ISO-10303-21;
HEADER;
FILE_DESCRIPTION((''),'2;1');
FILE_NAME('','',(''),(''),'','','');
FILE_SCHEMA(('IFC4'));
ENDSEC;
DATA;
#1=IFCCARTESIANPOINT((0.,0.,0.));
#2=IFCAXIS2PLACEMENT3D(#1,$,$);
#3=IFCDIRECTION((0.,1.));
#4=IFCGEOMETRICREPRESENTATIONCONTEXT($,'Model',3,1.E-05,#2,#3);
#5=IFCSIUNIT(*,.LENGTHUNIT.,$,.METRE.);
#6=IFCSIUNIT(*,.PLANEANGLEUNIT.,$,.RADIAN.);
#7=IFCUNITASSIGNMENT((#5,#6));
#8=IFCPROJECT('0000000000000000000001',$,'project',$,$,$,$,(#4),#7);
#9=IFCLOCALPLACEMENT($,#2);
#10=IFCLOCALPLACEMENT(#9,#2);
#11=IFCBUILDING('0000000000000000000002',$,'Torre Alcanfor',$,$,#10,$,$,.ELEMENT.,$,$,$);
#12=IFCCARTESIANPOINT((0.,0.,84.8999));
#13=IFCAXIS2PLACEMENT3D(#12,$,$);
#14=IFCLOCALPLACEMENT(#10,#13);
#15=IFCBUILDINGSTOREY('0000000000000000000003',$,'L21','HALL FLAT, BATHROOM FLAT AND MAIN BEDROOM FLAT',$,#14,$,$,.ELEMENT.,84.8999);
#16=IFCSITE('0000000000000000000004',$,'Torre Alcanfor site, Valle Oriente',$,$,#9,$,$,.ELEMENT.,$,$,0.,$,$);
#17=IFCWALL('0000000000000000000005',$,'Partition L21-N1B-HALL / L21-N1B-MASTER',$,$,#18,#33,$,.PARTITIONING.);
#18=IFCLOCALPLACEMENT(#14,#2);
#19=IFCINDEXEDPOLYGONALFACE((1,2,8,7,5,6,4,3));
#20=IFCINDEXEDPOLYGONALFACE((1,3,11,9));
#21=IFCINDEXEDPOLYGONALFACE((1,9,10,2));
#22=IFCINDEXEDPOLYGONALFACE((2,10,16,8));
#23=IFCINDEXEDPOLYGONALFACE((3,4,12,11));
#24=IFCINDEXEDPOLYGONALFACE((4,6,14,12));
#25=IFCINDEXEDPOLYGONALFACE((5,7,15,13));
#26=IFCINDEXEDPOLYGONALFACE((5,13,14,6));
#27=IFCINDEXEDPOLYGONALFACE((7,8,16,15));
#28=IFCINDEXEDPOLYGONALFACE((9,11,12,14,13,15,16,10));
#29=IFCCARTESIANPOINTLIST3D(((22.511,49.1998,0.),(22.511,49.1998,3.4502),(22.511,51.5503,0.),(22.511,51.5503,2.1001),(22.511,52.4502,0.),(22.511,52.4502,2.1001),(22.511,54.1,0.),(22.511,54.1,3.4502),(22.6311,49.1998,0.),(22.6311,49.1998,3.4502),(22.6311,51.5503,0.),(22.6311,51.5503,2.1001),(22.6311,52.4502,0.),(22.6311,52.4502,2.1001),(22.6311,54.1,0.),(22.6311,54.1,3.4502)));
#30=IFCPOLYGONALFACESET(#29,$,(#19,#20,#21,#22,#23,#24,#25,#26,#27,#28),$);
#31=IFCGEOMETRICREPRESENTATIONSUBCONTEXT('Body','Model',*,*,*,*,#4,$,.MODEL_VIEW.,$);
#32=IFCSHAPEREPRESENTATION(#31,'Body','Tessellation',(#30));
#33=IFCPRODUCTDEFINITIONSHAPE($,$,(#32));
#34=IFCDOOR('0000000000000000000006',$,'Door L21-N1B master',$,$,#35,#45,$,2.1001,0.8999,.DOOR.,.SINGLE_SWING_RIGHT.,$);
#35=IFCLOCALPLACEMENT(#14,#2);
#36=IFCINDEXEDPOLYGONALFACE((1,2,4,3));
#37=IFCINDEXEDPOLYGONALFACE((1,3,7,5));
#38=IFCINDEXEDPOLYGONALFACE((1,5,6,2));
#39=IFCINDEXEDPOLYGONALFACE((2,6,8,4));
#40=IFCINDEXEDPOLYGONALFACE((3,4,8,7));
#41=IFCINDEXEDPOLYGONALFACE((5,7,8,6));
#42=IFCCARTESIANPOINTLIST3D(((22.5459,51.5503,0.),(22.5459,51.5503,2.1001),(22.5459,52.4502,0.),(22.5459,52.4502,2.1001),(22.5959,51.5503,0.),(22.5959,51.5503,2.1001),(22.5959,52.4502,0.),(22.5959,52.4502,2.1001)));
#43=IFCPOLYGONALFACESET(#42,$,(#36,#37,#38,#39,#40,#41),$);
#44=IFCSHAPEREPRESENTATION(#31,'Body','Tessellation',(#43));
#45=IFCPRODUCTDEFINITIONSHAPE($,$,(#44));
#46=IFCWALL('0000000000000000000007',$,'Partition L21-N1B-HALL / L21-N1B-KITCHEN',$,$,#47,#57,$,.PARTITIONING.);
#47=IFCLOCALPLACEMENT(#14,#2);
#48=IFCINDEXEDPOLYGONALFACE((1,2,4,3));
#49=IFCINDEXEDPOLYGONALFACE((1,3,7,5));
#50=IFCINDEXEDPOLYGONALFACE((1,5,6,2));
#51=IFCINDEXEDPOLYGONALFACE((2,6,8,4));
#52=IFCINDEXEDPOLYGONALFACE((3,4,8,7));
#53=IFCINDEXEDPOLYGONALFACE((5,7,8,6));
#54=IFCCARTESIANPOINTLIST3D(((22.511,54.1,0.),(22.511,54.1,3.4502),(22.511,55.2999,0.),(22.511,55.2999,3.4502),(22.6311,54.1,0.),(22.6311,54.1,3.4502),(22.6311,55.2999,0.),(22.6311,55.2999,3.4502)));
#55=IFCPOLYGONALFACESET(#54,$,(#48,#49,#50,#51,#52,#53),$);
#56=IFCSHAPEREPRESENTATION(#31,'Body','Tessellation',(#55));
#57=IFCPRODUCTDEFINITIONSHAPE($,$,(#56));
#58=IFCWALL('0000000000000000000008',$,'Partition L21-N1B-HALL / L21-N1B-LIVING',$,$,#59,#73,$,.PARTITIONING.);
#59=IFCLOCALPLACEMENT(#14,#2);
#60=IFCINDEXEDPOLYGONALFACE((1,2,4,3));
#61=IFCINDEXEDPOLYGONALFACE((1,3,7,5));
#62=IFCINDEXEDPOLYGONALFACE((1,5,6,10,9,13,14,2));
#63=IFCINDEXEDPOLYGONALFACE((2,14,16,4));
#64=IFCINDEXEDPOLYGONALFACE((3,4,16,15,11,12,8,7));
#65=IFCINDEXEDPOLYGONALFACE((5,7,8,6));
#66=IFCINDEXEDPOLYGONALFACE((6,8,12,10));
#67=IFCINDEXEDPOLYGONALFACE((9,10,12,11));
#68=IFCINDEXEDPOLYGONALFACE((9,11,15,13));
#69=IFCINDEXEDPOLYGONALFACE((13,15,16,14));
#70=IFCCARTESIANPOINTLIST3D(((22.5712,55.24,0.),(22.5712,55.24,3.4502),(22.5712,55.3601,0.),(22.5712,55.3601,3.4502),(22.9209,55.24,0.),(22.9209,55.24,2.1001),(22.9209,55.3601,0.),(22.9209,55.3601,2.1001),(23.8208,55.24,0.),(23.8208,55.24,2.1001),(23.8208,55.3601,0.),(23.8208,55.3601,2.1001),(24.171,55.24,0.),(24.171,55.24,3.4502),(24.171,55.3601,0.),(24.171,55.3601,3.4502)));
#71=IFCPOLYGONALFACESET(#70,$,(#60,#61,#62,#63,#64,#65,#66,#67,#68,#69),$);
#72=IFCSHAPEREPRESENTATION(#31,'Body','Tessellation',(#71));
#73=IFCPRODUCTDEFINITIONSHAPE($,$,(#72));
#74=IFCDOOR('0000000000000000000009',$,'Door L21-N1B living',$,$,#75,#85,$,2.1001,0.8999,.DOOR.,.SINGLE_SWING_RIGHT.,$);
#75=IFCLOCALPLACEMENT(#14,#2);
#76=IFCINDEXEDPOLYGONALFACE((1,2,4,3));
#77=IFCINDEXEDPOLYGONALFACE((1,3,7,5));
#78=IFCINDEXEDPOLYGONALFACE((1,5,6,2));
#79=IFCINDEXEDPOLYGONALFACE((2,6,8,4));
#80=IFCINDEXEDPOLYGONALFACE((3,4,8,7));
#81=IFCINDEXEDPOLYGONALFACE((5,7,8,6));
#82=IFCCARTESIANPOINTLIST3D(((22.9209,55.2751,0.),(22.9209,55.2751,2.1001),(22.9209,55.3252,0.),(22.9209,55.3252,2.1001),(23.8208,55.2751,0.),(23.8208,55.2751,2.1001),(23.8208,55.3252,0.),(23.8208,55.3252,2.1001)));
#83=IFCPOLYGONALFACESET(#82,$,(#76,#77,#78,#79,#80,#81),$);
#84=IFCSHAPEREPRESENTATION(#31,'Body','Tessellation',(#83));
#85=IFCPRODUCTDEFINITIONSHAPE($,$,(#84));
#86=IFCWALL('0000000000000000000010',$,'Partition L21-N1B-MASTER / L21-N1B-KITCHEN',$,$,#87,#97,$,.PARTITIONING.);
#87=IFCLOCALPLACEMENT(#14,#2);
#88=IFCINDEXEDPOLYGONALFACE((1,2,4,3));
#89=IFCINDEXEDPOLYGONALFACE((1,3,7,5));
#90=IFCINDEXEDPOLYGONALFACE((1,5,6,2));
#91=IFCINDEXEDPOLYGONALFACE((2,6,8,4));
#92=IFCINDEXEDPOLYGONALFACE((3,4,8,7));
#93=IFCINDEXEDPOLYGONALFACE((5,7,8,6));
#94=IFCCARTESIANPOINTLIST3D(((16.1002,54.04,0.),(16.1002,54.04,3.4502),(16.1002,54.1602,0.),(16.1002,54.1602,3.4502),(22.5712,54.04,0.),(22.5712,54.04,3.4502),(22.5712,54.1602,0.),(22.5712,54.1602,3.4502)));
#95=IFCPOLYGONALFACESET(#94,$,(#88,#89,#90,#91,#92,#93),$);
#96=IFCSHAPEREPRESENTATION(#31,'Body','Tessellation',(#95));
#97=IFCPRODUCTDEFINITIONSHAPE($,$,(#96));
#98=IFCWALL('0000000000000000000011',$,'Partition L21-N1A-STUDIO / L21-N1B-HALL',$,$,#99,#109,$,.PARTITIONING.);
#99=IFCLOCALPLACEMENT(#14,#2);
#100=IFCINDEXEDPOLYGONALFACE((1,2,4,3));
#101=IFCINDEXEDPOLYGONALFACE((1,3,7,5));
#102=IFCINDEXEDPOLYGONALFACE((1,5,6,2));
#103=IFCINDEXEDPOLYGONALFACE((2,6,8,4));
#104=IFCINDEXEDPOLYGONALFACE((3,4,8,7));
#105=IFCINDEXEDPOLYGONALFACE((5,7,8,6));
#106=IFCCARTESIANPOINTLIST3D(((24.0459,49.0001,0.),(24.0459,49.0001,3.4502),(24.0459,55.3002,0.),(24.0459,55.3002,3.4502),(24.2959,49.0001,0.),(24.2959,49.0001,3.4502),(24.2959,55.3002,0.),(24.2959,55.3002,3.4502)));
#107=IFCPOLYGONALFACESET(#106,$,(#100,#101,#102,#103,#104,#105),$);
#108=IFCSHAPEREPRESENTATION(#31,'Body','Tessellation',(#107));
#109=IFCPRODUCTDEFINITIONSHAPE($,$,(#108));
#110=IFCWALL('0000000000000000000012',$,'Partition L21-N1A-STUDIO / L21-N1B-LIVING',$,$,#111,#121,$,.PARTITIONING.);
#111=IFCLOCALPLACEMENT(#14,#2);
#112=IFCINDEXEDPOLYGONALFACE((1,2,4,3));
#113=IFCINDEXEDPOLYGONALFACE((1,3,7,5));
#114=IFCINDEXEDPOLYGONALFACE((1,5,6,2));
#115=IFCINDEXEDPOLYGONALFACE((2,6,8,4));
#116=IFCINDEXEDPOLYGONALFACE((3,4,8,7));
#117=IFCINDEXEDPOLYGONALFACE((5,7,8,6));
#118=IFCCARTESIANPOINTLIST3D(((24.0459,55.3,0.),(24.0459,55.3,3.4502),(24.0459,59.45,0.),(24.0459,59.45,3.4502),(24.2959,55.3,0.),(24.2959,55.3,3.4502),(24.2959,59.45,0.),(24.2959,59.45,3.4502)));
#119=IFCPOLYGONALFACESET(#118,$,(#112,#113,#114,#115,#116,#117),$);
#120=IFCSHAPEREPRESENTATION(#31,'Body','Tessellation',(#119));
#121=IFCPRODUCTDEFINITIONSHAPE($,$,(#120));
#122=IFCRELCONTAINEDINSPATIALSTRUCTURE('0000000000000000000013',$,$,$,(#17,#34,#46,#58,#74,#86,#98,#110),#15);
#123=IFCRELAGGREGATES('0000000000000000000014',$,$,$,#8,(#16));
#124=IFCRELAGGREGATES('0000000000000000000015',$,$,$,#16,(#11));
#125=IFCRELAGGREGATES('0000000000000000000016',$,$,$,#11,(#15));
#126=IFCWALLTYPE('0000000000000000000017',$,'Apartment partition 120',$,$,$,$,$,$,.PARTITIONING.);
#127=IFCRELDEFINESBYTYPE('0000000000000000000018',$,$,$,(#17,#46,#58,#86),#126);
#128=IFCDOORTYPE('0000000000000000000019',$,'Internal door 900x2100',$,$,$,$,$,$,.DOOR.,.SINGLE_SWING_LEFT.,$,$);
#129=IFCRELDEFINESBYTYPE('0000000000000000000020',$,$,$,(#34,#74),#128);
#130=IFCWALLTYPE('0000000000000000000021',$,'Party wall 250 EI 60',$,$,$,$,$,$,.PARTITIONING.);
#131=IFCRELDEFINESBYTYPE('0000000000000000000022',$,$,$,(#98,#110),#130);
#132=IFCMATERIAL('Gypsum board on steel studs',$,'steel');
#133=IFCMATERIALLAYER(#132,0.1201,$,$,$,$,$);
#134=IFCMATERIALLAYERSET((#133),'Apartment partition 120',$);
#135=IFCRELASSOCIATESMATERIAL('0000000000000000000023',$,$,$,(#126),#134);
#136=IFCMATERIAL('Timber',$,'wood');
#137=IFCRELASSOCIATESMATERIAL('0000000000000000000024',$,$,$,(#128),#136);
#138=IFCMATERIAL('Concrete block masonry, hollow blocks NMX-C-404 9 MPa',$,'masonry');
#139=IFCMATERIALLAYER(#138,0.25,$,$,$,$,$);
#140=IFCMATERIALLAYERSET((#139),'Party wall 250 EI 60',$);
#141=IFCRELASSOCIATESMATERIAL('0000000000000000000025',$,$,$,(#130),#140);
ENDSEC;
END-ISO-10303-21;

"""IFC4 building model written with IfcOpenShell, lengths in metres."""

from ifc_helpers import new_model, si_unit, direction, frame, frame_2d, origin, place, context, subcontext, project, spatial, rectangle, extrude, material, layer, layer_set, type_object, element, fill, save


model = new_model("IFC4")

# Units and contexts
model_context = context("Model", 3, precision=1e-05, world=origin(), true_north=direction((0.0, 1.0)))
body_context = subcontext(model_context, "Body", "Model", "MODEL_VIEW")
ifc_project = project(units=[si_unit("LENGTHUNIT", "METRE"), si_unit("PLANEANGLEUNIT", "RADIAN")], contexts=[model_context])

# Site, building, storey
site_placement = place(None, origin())
site = spatial("IfcSite", under=ifc_project, at=site_placement, Name="Torre Alcanfor site, Valle Oriente", CompositionType="ELEMENT", RefElevation=0.0)
building_placement = place(site_placement, origin())
building = spatial("IfcBuilding", under=site, at=building_placement, Name="Torre Alcanfor", CompositionType="ELEMENT")
storey_placement = place(building_placement, frame((0.0, 0.0, 84.8999)))
storey = spatial("IfcBuildingStorey", under=building, at=storey_placement, Name="L21", Description="HALL FLAT, BATHROOM FLAT AND MAIN BEDROOM FLAT", CompositionType="ELEMENT", Elevation=84.8999)

# Wall, opening, door
ifc_material_1 = material(Name="Gypsum board on steel studs", Category="steel")
ifc_layer_1 = layer(ifc_material_1, 0.1201)
ifc_layer_set_1 = layer_set([ifc_layer_1], Name="Apartment partition 120")
wall_type_1 = type_object("IfcWallType", Name="Apartment partition 120", PredefinedType="PARTITIONING", material=ifc_layer_set_1)
wall_1_placement = place(storey_placement, frame((22.571, 54.1001, 0.0), z_axis=(0.0, 0.0, 1.0), x_axis=(0.0, -1.0, 0.0)))
wall_1 = element("IfcWall", 1, at=wall_1_placement, inside=storey, type_object=wall_type_1, Name="Partition L21-N1B-HALL / L21-N1B-MASTER", PredefinedType="PARTITIONING", context=body_context, shape_type="SweptSolid", body=[
    extrude(rectangle(XDim=4.9001, YDim=0.1201, at=frame_2d((2.4502, 0.0))), origin(), (0.0, 0.0, 1.0), 3.4502),
])
opening_1_placement = place(wall_1_placement, frame((1.6499, 0.0, 0.0)))
opening_1 = element("IfcOpeningElement", 2, at=opening_1_placement, cuts=wall_1, PredefinedType="OPENING", context=body_context, shape_type="SweptSolid", body=[
    extrude(rectangle(XDim=0.8999, YDim=2.1001, at=frame_2d((0.45, 1.05))), frame((0.0, 0.0701, 0.0), z_axis=(0.0, -1.0, 0.0), x_axis=(1.0, 0.0, 0.0)), (0.0, 0.0, 1.0), 0.1401),
])
ifc_material_2 = material(Name="Timber", Category="wood")
door_type = type_object("IfcDoorType", Name="Internal door 900x2100", OperationType="SINGLE_SWING_LEFT", PredefinedType="DOOR", material=ifc_material_2)
door_1_placement = place(opening_1_placement, frame((0.8999, 0.0, 0.0), z_axis=(0.0, 0.0, 1.0), x_axis=(-1.0, 0.0, 0.0)))
door_1 = element("IfcDoor", 3, at=door_1_placement, inside=storey, type_object=door_type, Name="Door L21-N1B master", OperationType="SINGLE_SWING_RIGHT", OverallHeight=2.1001, OverallWidth=0.8999, PredefinedType="DOOR", context=body_context, shape_type="SweptSolid", body=[
    extrude(rectangle(XDim=0.8999, YDim=2.1001, at=frame_2d((0.45, 1.05))), frame((0.0, 0.0251, 0.0), z_axis=(0.0, -1.0, 0.0), x_axis=(1.0, 0.0, 0.0)), (0.0, 0.0, 1.0), 0.05),
])
fill(opening_1, door_1)

# Wall
wall_2_placement = place(storey_placement, frame((22.571, 55.3, 0.0), z_axis=(0.0, 0.0, 1.0), x_axis=(0.0, -1.0, 0.0)))
element("IfcWall", 4, at=wall_2_placement, inside=storey, type_object=wall_type_1, Name="Partition L21-N1B-HALL / L21-N1B-KITCHEN", PredefinedType="PARTITIONING", context=body_context, shape_type="SweptSolid", body=[
    extrude(rectangle(XDim=1.2, YDim=0.1201, at=frame_2d((0.6001, 0.0))), origin(), (0.0, 0.0, 1.0), 3.4502),
])

# Wall, opening, door
wall_3_placement = place(storey_placement, frame((24.1709, 55.3, 0.0), z_axis=(0.0, 0.0, 1.0), x_axis=(-1.0, 0.0, 0.0)))
wall_3 = element("IfcWall", 5, at=wall_3_placement, inside=storey, type_object=wall_type_1, Name="Partition L21-N1B-HALL / L21-N1B-LIVING", PredefinedType="PARTITIONING", context=body_context, shape_type="SweptSolid", body=[
    extrude(rectangle(XDim=1.5999, YDim=0.1201, at=frame_2d((0.7998, 0.0))), origin(), (0.0, 0.0, 1.0), 3.4502),
])
opening_2_placement = place(wall_3_placement, frame((0.3501, 0.0, 0.0)))
opening_2 = element("IfcOpeningElement", 6, at=opening_2_placement, cuts=wall_3, PredefinedType="OPENING", context=body_context, shape_type="SweptSolid", body=[
    extrude(rectangle(XDim=0.8999, YDim=2.1001, at=frame_2d((0.45, 1.05))), frame((0.0, 0.0701, 0.0), z_axis=(0.0, -1.0, 0.0), x_axis=(1.0, 0.0, 0.0)), (0.0, 0.0, 1.0), 0.1401),
])
door_2_placement = place(opening_2_placement, frame((0.8999, 0.0, 0.0), z_axis=(0.0, 0.0, 1.0), x_axis=(-1.0, 0.0, 0.0)))
door_2 = element("IfcDoor", 7, at=door_2_placement, inside=storey, type_object=door_type, Name="Door L21-N1B living", OperationType="SINGLE_SWING_RIGHT", OverallHeight=2.1001, OverallWidth=0.8999, PredefinedType="DOOR", context=body_context, shape_type="SweptSolid", body=[
    extrude(rectangle(XDim=0.8999, YDim=2.1001, at=frame_2d((0.45, 1.05))), frame((0.0, 0.0251, 0.0), z_axis=(0.0, -1.0, 0.0), x_axis=(1.0, 0.0, 0.0)), (0.0, 0.0, 1.0), 0.05),
])
fill(opening_2, door_2)

# Walls
wall_4_placement = place(storey_placement, frame((22.571, 54.1001, 0.0), z_axis=(0.0, 0.0, 1.0), x_axis=(-1.0, 0.0, 0.0)))
element("IfcWall", 8, at=wall_4_placement, inside=storey, type_object=wall_type_1, Name="Partition L21-N1B-MASTER / L21-N1B-KITCHEN", PredefinedType="PARTITIONING", context=body_context, shape_type="SweptSolid", body=[
    extrude(rectangle(XDim=6.4709, YDim=0.1201, at=frame_2d((3.2354, 0.0))), origin(), (0.0, 0.0, 1.0), 3.4502),
])
ifc_material_3 = material(Name="Concrete block masonry, hollow blocks NMX-C-404 9 MPa", Category="masonry")
ifc_layer_2 = layer(ifc_material_3, 0.25)
ifc_layer_set_2 = layer_set([ifc_layer_2], Name="Party wall 250 EI 60")
wall_type_2 = type_object("IfcWallType", Name="Party wall 250 EI 60", PredefinedType="PARTITIONING", material=ifc_layer_set_2)
wall_5_placement = place(storey_placement, frame((24.1709, 55.3, 0.0), z_axis=(0.0, 0.0, 1.0), x_axis=(0.0, -1.0, 0.0)))
element("IfcWall", 9, at=wall_5_placement, inside=storey, type_object=wall_type_2, Name="Partition L21-N1A-STUDIO / L21-N1B-HALL", PredefinedType="PARTITIONING", context=body_context, shape_type="SweptSolid", body=[
    extrude(rectangle(XDim=6.3, YDim=0.25, at=frame_2d((3.1499, 0.0))), origin(), (0.0, 0.0, 1.0), 3.4502),
])
wall_6_placement = place(storey_placement, frame((24.1709, 59.45, 0.0), z_axis=(0.0, 0.0, 1.0), x_axis=(0.0, -1.0, 0.0)))
element("IfcWall", 10, at=wall_6_placement, inside=storey, type_object=wall_type_2, Name="Partition L21-N1A-STUDIO / L21-N1B-LIVING", PredefinedType="PARTITIONING", context=body_context, shape_type="SweptSolid", body=[
    extrude(rectangle(XDim=4.1499, YDim=0.25, at=frame_2d((2.075, 0.0))), origin(), (0.0, 0.0, 1.0), 3.4502),
])

save(model, "model.ifc")
